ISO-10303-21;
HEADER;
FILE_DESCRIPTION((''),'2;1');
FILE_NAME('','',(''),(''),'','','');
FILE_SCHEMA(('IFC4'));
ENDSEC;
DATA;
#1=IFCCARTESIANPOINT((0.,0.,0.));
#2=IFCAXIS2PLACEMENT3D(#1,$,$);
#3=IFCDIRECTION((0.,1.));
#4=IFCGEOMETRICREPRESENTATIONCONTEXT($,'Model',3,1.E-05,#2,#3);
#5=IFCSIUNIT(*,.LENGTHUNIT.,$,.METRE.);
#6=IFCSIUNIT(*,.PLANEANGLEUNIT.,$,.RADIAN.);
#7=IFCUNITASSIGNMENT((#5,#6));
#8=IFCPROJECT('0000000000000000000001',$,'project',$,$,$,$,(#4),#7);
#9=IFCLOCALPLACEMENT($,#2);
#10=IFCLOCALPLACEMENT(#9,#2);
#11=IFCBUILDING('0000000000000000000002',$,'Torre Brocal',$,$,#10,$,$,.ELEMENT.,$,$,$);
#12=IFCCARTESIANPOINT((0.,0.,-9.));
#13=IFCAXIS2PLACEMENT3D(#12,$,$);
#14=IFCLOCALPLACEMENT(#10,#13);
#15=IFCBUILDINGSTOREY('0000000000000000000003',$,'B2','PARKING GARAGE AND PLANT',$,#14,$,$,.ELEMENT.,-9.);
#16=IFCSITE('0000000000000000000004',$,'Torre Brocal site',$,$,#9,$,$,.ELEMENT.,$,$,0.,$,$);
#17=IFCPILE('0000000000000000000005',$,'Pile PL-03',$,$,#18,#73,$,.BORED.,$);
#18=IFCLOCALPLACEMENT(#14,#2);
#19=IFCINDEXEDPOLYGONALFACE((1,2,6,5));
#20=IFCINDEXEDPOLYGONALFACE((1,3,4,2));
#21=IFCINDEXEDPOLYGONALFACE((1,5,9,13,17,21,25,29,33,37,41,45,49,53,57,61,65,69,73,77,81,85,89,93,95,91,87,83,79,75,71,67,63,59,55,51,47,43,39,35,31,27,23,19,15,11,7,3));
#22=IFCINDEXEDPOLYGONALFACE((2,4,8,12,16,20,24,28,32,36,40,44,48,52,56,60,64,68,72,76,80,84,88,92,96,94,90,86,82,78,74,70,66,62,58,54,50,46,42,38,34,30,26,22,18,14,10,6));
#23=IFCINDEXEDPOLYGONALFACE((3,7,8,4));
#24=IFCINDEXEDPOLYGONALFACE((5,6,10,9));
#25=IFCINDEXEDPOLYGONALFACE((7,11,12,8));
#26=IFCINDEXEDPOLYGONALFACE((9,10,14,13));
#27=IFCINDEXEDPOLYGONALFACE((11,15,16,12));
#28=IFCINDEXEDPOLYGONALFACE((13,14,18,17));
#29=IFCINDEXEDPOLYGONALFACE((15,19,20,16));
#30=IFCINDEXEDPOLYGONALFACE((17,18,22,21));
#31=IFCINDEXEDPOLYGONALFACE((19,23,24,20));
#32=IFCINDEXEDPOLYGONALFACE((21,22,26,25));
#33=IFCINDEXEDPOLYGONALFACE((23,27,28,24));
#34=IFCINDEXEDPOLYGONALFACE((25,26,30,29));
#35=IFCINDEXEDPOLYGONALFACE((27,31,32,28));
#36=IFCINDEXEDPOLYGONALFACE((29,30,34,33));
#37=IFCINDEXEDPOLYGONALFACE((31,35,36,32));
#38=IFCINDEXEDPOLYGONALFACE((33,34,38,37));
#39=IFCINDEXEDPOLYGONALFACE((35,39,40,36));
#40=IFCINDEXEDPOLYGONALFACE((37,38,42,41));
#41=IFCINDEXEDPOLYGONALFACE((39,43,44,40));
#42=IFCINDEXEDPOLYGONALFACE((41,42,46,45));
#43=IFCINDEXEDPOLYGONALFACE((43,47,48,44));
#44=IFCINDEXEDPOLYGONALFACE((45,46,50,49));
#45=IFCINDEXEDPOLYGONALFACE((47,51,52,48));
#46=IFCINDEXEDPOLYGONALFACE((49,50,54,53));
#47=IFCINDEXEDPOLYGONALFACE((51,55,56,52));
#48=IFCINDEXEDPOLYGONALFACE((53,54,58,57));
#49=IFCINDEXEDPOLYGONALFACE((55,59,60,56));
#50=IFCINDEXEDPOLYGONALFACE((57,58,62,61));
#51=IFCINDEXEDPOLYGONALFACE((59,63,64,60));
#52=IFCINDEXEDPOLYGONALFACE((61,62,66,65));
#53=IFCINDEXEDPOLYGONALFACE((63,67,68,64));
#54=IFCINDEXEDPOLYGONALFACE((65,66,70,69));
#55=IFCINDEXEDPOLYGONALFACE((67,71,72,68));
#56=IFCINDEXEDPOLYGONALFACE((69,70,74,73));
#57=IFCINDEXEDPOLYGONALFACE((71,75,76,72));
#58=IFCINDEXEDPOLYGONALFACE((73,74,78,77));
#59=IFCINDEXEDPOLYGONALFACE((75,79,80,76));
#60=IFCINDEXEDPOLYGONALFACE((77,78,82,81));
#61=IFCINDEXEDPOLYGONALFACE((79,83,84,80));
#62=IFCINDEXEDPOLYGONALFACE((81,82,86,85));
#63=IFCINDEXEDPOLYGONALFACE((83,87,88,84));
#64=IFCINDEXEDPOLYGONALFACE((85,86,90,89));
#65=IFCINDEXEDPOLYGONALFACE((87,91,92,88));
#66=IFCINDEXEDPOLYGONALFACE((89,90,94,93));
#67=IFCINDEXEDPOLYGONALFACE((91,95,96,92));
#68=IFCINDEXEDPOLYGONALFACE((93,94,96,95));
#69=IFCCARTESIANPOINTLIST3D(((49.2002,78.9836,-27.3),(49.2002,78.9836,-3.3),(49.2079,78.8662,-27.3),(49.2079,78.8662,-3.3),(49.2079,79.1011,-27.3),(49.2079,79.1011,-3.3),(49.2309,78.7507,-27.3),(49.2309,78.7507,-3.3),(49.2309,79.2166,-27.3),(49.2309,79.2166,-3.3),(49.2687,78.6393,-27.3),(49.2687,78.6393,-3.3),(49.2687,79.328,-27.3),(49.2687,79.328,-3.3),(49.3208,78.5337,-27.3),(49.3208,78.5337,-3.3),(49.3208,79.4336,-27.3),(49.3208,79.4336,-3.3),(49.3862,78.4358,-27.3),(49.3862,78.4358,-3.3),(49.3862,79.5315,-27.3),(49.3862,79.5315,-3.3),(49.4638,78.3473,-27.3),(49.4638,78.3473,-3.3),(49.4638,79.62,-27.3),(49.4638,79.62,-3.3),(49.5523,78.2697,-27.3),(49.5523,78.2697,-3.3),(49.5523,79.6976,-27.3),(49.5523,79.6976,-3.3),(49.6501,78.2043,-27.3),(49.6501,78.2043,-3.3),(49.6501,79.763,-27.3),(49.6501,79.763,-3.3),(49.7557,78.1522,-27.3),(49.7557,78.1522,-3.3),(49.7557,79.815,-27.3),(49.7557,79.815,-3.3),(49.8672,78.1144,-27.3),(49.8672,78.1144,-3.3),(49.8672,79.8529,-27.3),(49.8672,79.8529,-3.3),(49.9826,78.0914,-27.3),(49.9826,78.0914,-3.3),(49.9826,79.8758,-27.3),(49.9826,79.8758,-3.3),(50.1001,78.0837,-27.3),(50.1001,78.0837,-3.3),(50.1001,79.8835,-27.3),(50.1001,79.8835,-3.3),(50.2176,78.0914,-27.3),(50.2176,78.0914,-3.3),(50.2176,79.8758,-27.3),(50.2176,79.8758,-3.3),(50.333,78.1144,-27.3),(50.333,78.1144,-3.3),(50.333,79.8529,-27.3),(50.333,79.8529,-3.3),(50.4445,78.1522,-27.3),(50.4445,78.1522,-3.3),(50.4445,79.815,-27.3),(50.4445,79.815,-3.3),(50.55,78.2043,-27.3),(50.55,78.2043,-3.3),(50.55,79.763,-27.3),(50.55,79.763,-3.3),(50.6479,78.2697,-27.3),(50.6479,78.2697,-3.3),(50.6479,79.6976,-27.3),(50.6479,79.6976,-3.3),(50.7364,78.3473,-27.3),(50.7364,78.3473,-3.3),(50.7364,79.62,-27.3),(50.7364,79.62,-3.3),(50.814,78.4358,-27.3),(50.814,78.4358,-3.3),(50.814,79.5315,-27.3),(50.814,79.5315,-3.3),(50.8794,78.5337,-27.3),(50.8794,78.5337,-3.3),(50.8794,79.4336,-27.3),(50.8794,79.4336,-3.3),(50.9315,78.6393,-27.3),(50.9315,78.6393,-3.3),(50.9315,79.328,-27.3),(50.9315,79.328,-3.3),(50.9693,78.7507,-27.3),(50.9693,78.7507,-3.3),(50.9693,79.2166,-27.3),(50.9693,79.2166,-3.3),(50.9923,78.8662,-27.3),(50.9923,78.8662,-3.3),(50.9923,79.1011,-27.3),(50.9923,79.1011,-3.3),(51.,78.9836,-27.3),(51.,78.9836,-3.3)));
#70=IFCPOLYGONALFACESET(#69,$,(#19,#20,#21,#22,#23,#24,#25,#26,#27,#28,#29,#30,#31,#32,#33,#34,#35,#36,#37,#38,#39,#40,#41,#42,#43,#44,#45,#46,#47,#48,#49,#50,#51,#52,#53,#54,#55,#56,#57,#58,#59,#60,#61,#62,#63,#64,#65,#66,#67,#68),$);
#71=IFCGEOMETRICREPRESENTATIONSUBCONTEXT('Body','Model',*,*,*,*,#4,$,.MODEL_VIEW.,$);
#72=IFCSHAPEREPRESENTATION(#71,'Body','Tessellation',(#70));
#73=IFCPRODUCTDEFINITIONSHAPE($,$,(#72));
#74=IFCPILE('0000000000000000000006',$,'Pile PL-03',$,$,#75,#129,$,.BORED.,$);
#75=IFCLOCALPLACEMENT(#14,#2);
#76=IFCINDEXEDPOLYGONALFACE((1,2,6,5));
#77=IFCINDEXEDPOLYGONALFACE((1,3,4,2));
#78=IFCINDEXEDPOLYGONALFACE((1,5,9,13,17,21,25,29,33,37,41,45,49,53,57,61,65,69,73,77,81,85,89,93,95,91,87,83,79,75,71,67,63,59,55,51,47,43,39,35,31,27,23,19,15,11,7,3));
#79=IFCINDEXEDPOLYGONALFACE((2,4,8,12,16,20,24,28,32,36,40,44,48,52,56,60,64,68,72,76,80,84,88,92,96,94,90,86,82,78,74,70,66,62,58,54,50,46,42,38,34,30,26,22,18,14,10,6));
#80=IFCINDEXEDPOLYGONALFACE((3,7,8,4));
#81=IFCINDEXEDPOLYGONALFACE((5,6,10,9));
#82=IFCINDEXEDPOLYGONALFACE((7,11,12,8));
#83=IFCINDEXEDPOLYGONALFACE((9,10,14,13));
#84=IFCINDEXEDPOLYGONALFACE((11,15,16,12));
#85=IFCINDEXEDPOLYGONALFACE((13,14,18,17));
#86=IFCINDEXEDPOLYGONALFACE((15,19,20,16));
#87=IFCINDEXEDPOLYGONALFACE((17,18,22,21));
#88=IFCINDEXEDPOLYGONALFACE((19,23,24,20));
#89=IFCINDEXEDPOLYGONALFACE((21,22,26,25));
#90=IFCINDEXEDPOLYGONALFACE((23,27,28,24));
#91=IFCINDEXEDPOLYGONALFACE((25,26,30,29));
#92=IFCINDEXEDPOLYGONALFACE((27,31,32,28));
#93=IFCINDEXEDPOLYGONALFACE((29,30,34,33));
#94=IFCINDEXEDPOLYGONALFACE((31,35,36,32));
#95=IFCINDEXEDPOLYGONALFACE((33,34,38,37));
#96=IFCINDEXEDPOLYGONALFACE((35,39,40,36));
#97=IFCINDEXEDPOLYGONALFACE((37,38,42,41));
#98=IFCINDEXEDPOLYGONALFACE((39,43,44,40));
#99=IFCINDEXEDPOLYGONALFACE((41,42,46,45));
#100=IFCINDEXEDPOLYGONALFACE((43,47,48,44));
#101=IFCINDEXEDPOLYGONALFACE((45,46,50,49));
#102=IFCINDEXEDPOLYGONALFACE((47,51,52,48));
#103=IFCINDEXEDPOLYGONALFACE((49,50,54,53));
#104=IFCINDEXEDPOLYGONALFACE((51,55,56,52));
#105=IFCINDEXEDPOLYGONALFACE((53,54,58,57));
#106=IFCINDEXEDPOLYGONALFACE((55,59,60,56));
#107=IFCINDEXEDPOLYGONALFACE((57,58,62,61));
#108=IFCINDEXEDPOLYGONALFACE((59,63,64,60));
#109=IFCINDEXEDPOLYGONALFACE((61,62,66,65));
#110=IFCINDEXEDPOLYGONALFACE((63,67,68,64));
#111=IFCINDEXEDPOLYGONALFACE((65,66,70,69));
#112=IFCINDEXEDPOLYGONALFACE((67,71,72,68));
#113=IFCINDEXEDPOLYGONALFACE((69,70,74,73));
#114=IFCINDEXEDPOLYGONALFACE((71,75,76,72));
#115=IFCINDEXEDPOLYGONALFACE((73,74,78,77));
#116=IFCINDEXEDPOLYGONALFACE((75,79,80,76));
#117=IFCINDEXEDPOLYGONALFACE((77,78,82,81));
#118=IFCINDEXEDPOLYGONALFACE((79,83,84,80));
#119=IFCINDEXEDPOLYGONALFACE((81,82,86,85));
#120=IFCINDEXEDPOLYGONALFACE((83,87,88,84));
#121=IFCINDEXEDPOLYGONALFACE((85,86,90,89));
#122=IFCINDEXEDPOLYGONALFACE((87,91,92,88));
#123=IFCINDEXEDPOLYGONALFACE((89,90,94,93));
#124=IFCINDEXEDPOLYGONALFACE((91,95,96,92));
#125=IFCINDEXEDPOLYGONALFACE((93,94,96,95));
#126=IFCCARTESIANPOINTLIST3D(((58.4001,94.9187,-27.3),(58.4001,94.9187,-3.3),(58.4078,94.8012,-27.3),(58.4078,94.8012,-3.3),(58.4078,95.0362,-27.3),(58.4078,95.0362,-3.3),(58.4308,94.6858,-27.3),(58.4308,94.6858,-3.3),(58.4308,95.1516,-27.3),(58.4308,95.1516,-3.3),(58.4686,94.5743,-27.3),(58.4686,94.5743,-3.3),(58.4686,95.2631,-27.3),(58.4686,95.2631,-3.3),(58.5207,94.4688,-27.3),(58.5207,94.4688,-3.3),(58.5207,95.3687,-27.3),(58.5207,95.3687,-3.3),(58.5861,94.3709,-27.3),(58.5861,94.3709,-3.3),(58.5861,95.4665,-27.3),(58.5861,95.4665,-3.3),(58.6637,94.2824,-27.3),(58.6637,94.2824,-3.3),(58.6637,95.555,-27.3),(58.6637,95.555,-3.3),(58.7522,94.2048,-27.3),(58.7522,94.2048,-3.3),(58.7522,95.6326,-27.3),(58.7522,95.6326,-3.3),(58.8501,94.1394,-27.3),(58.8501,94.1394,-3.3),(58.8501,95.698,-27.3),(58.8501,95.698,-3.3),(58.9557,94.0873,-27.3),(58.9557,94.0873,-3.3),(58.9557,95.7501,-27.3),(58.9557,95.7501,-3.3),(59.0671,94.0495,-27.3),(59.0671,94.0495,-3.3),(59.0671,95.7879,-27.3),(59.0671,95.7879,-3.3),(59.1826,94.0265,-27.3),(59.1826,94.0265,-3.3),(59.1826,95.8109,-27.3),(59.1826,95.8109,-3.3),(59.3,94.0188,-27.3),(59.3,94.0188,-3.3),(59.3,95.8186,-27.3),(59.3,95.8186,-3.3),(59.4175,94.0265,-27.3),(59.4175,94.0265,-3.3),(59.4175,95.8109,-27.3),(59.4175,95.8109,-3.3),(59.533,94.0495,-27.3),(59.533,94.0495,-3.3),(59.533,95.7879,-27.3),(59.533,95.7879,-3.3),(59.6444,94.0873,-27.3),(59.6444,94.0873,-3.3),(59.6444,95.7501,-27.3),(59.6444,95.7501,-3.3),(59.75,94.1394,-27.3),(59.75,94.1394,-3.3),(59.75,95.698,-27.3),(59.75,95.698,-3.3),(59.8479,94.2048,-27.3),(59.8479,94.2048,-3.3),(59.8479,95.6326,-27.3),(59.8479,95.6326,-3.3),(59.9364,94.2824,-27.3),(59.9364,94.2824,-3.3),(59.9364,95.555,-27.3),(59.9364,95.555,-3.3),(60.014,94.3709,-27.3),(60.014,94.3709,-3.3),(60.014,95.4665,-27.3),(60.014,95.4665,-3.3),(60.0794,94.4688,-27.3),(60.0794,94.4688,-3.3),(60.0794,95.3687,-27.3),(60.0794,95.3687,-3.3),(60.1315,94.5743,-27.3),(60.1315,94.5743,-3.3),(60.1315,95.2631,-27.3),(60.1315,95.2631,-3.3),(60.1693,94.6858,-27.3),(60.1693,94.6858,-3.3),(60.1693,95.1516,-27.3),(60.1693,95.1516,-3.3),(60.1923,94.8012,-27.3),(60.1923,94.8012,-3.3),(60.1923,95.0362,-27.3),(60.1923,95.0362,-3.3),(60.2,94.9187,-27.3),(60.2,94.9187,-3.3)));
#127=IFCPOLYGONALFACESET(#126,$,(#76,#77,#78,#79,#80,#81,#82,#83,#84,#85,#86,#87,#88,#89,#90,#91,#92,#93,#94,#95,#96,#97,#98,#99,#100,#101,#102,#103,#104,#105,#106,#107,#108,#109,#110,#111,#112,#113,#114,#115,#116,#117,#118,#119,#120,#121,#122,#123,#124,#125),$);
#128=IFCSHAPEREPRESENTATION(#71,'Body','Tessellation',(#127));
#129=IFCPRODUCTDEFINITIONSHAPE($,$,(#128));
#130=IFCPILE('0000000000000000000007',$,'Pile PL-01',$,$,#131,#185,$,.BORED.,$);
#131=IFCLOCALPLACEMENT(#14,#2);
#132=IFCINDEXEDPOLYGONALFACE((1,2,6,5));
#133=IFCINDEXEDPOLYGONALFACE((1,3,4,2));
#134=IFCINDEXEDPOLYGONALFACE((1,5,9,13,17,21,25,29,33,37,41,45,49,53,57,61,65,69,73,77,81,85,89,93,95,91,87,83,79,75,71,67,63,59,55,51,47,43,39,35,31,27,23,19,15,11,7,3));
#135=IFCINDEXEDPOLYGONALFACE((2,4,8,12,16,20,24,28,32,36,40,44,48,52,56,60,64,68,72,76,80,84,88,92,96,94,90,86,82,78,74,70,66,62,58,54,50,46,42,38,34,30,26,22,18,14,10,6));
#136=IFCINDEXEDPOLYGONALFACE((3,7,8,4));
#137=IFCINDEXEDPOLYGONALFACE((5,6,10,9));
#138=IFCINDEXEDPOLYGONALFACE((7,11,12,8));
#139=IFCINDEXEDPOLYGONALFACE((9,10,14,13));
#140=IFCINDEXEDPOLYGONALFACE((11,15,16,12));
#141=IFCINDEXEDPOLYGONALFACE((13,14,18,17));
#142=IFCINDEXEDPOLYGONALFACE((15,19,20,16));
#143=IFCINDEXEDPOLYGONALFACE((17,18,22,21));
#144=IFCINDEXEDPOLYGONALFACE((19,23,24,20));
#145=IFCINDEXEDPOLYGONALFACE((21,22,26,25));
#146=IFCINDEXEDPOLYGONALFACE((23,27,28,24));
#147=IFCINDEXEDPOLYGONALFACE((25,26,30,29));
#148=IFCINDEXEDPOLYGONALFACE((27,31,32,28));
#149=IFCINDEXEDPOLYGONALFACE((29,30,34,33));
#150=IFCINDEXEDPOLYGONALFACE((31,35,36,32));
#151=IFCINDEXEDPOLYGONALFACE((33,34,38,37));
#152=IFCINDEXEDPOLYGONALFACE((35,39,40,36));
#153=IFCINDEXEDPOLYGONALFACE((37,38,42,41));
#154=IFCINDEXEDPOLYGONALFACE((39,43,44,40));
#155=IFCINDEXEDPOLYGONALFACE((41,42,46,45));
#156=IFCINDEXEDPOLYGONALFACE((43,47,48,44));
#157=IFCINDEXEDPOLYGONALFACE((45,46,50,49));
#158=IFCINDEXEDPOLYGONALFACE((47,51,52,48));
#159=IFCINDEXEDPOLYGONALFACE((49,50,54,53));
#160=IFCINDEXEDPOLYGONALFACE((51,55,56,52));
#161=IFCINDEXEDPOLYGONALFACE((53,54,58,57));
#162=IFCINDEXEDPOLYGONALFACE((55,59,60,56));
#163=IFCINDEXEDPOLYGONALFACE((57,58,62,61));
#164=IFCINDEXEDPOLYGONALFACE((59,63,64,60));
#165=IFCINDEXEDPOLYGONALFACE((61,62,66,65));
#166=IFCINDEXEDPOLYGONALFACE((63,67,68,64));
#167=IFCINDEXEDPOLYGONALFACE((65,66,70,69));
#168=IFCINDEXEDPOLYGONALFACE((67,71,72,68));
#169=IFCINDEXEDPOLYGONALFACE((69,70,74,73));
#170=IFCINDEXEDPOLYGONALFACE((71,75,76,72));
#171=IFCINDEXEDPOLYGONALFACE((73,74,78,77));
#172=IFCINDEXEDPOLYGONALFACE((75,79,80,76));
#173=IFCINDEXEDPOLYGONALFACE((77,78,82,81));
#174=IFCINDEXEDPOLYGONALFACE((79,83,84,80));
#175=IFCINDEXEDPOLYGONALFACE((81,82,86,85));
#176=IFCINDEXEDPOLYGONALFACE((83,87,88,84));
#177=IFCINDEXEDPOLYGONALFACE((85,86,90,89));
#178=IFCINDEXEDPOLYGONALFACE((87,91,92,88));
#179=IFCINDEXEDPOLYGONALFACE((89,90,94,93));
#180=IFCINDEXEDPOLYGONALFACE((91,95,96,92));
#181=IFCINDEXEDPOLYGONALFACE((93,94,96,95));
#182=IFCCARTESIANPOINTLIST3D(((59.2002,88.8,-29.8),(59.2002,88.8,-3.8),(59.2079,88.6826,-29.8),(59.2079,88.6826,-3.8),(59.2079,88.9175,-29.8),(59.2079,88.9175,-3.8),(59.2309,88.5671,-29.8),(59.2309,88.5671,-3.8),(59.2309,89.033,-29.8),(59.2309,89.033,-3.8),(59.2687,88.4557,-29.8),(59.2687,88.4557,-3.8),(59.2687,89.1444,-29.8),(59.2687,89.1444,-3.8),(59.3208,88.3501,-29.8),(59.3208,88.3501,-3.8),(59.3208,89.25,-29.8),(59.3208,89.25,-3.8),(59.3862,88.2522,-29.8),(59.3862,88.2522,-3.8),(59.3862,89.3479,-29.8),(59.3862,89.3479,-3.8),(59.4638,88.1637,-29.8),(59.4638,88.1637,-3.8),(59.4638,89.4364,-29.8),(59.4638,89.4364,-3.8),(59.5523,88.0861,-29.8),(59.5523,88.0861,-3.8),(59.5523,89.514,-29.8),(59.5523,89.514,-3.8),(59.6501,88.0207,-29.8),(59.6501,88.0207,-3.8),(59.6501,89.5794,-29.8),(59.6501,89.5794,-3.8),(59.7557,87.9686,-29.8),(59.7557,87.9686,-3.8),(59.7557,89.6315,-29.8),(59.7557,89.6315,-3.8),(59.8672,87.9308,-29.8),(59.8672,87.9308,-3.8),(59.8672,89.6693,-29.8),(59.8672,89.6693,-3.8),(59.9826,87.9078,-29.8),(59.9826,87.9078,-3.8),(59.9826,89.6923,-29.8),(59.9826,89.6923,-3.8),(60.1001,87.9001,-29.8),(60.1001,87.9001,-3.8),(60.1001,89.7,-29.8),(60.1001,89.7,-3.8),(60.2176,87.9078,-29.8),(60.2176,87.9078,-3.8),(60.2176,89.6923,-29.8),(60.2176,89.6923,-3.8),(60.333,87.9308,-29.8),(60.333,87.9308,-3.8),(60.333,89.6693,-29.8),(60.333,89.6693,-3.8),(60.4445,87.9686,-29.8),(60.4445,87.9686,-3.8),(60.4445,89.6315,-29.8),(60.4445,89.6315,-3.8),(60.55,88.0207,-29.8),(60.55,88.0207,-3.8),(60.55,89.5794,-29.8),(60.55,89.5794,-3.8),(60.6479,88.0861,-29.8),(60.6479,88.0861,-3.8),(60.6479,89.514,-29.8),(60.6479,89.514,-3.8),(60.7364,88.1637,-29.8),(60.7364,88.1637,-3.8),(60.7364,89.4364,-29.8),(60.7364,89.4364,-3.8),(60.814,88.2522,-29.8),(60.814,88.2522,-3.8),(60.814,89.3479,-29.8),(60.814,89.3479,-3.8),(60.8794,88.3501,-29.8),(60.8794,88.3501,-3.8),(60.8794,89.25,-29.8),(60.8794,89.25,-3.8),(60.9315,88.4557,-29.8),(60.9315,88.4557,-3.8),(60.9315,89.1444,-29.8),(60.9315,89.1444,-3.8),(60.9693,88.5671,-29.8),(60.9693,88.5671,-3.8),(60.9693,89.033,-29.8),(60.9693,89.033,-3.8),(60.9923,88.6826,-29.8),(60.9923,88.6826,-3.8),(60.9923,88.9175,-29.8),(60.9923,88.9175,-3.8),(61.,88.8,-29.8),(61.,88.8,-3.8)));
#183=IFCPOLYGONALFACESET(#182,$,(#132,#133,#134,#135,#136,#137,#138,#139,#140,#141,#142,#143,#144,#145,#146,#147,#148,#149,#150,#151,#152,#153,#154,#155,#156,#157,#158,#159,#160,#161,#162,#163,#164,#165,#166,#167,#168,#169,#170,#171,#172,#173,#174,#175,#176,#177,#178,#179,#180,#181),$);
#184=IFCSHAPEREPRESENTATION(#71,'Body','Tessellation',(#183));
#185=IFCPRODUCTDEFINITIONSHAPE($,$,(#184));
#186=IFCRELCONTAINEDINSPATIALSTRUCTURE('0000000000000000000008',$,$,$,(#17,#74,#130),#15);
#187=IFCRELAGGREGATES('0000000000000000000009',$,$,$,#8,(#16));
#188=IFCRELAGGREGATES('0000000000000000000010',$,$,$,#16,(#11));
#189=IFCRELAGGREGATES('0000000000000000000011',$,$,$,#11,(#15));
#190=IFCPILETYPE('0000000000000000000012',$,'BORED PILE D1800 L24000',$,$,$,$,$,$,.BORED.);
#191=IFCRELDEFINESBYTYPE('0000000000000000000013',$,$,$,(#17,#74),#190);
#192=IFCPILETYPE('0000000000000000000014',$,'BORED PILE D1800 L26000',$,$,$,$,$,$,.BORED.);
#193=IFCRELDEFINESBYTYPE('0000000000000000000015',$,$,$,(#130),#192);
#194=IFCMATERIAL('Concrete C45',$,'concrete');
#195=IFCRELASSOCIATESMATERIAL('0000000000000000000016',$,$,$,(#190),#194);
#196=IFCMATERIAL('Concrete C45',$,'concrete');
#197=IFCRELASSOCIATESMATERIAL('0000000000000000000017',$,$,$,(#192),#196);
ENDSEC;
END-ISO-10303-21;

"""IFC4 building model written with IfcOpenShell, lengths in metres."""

from ifc_helpers import new_model, si_unit, direction, frame, origin, origin_2d, place, context, subcontext, project, spatial, circle, extrude, material, material_profile, profile_set, type_object, element, save


model = new_model("IFC4")

# Units and contexts
model_context = context("Model", 3, precision=1e-05, world=origin(), true_north=direction((0.0, 1.0)))
body_context = subcontext(model_context, "Body", "Model", "MODEL_VIEW")
ifc_project = project(units=[si_unit("LENGTHUNIT", "METRE"), si_unit("PLANEANGLEUNIT", "RADIAN")], contexts=[model_context])

# Site, building, storey
site_placement = place(None, origin())
site = spatial("IfcSite", under=ifc_project, at=site_placement, Name="Torre Brocal site", CompositionType="ELEMENT", RefElevation=0.0)
building_placement = place(site_placement, origin())
building = spatial("IfcBuilding", under=site, at=building_placement, Name="Torre Brocal", CompositionType="ELEMENT")
storey_placement = place(building_placement, frame((0.0, 0.0, -9.0)))
storey = spatial("IfcBuildingStorey", under=building, at=storey_placement, Name="B2", Description="PARKING GARAGE AND PLANT", CompositionType="ELEMENT", Elevation=-9.0)

# Piles
ifc_material_1 = material(Name="Concrete C45", Category="concrete")
ifc_material_profile_1 = material_profile(ifc_material_1, circle(Radius=0.8999, at=origin_2d()), Name="BORED PILE D1800")
ifc_profile_set_1 = profile_set([ifc_material_profile_1], Name="Concrete C45")
pile_type_1 = type_object("IfcPileType", Name="BORED PILE D1800 L24000", PredefinedType="BORED", material=ifc_profile_set_1)
for number, where, z_axis, x_axis, name in (
    (1, (50.1001, 78.9836, -3.3), (0.0, 0.0, -1.0), (1.0, 0.0, 0.0), "Pile PL-03"),
    (2, (59.3, 94.9187, -3.3), (0.0, 0.0, -1.0), (1.0, 0.0, 0.0), "Pile PL-03"),
):
    element("IfcPile", number, at=place(storey_placement, frame(where, z_axis=z_axis, x_axis=x_axis)), inside=storey, type_object=pile_type_1, Name=name, PredefinedType="BORED", context=body_context, shape_type="SweptSolid", body=[
        extrude(circle(Radius=0.8999, at=origin_2d()), origin(), (0.0, 0.0, 1.0), 24.0),
    ])
ifc_material_2 = material(Name="Concrete C45", Category="concrete")
ifc_material_profile_2 = material_profile(ifc_material_2, circle(Radius=0.8999, at=origin_2d()), Name="BORED PILE D1800")
ifc_profile_set_2 = profile_set([ifc_material_profile_2], Name="Concrete C45")
pile_type_2 = type_object("IfcPileType", Name="BORED PILE D1800 L26000", PredefinedType="BORED", material=ifc_profile_set_2)
for number, where, z_axis, x_axis, name in (
    (3, (60.1001, 88.8, -3.8), (0.0, 0.0, -1.0), (1.0, 0.0, 0.0), "Pile PL-01"),
):
    element("IfcPile", number, at=place(storey_placement, frame(where, z_axis=z_axis, x_axis=x_axis)), inside=storey, type_object=pile_type_2, Name=name, PredefinedType="BORED", context=body_context, shape_type="SweptSolid", body=[
        extrude(circle(Radius=0.8999, at=origin_2d()), origin(), (0.0, 0.0, 1.0), 26.0),
    ])

save(model, "model.ifc")
